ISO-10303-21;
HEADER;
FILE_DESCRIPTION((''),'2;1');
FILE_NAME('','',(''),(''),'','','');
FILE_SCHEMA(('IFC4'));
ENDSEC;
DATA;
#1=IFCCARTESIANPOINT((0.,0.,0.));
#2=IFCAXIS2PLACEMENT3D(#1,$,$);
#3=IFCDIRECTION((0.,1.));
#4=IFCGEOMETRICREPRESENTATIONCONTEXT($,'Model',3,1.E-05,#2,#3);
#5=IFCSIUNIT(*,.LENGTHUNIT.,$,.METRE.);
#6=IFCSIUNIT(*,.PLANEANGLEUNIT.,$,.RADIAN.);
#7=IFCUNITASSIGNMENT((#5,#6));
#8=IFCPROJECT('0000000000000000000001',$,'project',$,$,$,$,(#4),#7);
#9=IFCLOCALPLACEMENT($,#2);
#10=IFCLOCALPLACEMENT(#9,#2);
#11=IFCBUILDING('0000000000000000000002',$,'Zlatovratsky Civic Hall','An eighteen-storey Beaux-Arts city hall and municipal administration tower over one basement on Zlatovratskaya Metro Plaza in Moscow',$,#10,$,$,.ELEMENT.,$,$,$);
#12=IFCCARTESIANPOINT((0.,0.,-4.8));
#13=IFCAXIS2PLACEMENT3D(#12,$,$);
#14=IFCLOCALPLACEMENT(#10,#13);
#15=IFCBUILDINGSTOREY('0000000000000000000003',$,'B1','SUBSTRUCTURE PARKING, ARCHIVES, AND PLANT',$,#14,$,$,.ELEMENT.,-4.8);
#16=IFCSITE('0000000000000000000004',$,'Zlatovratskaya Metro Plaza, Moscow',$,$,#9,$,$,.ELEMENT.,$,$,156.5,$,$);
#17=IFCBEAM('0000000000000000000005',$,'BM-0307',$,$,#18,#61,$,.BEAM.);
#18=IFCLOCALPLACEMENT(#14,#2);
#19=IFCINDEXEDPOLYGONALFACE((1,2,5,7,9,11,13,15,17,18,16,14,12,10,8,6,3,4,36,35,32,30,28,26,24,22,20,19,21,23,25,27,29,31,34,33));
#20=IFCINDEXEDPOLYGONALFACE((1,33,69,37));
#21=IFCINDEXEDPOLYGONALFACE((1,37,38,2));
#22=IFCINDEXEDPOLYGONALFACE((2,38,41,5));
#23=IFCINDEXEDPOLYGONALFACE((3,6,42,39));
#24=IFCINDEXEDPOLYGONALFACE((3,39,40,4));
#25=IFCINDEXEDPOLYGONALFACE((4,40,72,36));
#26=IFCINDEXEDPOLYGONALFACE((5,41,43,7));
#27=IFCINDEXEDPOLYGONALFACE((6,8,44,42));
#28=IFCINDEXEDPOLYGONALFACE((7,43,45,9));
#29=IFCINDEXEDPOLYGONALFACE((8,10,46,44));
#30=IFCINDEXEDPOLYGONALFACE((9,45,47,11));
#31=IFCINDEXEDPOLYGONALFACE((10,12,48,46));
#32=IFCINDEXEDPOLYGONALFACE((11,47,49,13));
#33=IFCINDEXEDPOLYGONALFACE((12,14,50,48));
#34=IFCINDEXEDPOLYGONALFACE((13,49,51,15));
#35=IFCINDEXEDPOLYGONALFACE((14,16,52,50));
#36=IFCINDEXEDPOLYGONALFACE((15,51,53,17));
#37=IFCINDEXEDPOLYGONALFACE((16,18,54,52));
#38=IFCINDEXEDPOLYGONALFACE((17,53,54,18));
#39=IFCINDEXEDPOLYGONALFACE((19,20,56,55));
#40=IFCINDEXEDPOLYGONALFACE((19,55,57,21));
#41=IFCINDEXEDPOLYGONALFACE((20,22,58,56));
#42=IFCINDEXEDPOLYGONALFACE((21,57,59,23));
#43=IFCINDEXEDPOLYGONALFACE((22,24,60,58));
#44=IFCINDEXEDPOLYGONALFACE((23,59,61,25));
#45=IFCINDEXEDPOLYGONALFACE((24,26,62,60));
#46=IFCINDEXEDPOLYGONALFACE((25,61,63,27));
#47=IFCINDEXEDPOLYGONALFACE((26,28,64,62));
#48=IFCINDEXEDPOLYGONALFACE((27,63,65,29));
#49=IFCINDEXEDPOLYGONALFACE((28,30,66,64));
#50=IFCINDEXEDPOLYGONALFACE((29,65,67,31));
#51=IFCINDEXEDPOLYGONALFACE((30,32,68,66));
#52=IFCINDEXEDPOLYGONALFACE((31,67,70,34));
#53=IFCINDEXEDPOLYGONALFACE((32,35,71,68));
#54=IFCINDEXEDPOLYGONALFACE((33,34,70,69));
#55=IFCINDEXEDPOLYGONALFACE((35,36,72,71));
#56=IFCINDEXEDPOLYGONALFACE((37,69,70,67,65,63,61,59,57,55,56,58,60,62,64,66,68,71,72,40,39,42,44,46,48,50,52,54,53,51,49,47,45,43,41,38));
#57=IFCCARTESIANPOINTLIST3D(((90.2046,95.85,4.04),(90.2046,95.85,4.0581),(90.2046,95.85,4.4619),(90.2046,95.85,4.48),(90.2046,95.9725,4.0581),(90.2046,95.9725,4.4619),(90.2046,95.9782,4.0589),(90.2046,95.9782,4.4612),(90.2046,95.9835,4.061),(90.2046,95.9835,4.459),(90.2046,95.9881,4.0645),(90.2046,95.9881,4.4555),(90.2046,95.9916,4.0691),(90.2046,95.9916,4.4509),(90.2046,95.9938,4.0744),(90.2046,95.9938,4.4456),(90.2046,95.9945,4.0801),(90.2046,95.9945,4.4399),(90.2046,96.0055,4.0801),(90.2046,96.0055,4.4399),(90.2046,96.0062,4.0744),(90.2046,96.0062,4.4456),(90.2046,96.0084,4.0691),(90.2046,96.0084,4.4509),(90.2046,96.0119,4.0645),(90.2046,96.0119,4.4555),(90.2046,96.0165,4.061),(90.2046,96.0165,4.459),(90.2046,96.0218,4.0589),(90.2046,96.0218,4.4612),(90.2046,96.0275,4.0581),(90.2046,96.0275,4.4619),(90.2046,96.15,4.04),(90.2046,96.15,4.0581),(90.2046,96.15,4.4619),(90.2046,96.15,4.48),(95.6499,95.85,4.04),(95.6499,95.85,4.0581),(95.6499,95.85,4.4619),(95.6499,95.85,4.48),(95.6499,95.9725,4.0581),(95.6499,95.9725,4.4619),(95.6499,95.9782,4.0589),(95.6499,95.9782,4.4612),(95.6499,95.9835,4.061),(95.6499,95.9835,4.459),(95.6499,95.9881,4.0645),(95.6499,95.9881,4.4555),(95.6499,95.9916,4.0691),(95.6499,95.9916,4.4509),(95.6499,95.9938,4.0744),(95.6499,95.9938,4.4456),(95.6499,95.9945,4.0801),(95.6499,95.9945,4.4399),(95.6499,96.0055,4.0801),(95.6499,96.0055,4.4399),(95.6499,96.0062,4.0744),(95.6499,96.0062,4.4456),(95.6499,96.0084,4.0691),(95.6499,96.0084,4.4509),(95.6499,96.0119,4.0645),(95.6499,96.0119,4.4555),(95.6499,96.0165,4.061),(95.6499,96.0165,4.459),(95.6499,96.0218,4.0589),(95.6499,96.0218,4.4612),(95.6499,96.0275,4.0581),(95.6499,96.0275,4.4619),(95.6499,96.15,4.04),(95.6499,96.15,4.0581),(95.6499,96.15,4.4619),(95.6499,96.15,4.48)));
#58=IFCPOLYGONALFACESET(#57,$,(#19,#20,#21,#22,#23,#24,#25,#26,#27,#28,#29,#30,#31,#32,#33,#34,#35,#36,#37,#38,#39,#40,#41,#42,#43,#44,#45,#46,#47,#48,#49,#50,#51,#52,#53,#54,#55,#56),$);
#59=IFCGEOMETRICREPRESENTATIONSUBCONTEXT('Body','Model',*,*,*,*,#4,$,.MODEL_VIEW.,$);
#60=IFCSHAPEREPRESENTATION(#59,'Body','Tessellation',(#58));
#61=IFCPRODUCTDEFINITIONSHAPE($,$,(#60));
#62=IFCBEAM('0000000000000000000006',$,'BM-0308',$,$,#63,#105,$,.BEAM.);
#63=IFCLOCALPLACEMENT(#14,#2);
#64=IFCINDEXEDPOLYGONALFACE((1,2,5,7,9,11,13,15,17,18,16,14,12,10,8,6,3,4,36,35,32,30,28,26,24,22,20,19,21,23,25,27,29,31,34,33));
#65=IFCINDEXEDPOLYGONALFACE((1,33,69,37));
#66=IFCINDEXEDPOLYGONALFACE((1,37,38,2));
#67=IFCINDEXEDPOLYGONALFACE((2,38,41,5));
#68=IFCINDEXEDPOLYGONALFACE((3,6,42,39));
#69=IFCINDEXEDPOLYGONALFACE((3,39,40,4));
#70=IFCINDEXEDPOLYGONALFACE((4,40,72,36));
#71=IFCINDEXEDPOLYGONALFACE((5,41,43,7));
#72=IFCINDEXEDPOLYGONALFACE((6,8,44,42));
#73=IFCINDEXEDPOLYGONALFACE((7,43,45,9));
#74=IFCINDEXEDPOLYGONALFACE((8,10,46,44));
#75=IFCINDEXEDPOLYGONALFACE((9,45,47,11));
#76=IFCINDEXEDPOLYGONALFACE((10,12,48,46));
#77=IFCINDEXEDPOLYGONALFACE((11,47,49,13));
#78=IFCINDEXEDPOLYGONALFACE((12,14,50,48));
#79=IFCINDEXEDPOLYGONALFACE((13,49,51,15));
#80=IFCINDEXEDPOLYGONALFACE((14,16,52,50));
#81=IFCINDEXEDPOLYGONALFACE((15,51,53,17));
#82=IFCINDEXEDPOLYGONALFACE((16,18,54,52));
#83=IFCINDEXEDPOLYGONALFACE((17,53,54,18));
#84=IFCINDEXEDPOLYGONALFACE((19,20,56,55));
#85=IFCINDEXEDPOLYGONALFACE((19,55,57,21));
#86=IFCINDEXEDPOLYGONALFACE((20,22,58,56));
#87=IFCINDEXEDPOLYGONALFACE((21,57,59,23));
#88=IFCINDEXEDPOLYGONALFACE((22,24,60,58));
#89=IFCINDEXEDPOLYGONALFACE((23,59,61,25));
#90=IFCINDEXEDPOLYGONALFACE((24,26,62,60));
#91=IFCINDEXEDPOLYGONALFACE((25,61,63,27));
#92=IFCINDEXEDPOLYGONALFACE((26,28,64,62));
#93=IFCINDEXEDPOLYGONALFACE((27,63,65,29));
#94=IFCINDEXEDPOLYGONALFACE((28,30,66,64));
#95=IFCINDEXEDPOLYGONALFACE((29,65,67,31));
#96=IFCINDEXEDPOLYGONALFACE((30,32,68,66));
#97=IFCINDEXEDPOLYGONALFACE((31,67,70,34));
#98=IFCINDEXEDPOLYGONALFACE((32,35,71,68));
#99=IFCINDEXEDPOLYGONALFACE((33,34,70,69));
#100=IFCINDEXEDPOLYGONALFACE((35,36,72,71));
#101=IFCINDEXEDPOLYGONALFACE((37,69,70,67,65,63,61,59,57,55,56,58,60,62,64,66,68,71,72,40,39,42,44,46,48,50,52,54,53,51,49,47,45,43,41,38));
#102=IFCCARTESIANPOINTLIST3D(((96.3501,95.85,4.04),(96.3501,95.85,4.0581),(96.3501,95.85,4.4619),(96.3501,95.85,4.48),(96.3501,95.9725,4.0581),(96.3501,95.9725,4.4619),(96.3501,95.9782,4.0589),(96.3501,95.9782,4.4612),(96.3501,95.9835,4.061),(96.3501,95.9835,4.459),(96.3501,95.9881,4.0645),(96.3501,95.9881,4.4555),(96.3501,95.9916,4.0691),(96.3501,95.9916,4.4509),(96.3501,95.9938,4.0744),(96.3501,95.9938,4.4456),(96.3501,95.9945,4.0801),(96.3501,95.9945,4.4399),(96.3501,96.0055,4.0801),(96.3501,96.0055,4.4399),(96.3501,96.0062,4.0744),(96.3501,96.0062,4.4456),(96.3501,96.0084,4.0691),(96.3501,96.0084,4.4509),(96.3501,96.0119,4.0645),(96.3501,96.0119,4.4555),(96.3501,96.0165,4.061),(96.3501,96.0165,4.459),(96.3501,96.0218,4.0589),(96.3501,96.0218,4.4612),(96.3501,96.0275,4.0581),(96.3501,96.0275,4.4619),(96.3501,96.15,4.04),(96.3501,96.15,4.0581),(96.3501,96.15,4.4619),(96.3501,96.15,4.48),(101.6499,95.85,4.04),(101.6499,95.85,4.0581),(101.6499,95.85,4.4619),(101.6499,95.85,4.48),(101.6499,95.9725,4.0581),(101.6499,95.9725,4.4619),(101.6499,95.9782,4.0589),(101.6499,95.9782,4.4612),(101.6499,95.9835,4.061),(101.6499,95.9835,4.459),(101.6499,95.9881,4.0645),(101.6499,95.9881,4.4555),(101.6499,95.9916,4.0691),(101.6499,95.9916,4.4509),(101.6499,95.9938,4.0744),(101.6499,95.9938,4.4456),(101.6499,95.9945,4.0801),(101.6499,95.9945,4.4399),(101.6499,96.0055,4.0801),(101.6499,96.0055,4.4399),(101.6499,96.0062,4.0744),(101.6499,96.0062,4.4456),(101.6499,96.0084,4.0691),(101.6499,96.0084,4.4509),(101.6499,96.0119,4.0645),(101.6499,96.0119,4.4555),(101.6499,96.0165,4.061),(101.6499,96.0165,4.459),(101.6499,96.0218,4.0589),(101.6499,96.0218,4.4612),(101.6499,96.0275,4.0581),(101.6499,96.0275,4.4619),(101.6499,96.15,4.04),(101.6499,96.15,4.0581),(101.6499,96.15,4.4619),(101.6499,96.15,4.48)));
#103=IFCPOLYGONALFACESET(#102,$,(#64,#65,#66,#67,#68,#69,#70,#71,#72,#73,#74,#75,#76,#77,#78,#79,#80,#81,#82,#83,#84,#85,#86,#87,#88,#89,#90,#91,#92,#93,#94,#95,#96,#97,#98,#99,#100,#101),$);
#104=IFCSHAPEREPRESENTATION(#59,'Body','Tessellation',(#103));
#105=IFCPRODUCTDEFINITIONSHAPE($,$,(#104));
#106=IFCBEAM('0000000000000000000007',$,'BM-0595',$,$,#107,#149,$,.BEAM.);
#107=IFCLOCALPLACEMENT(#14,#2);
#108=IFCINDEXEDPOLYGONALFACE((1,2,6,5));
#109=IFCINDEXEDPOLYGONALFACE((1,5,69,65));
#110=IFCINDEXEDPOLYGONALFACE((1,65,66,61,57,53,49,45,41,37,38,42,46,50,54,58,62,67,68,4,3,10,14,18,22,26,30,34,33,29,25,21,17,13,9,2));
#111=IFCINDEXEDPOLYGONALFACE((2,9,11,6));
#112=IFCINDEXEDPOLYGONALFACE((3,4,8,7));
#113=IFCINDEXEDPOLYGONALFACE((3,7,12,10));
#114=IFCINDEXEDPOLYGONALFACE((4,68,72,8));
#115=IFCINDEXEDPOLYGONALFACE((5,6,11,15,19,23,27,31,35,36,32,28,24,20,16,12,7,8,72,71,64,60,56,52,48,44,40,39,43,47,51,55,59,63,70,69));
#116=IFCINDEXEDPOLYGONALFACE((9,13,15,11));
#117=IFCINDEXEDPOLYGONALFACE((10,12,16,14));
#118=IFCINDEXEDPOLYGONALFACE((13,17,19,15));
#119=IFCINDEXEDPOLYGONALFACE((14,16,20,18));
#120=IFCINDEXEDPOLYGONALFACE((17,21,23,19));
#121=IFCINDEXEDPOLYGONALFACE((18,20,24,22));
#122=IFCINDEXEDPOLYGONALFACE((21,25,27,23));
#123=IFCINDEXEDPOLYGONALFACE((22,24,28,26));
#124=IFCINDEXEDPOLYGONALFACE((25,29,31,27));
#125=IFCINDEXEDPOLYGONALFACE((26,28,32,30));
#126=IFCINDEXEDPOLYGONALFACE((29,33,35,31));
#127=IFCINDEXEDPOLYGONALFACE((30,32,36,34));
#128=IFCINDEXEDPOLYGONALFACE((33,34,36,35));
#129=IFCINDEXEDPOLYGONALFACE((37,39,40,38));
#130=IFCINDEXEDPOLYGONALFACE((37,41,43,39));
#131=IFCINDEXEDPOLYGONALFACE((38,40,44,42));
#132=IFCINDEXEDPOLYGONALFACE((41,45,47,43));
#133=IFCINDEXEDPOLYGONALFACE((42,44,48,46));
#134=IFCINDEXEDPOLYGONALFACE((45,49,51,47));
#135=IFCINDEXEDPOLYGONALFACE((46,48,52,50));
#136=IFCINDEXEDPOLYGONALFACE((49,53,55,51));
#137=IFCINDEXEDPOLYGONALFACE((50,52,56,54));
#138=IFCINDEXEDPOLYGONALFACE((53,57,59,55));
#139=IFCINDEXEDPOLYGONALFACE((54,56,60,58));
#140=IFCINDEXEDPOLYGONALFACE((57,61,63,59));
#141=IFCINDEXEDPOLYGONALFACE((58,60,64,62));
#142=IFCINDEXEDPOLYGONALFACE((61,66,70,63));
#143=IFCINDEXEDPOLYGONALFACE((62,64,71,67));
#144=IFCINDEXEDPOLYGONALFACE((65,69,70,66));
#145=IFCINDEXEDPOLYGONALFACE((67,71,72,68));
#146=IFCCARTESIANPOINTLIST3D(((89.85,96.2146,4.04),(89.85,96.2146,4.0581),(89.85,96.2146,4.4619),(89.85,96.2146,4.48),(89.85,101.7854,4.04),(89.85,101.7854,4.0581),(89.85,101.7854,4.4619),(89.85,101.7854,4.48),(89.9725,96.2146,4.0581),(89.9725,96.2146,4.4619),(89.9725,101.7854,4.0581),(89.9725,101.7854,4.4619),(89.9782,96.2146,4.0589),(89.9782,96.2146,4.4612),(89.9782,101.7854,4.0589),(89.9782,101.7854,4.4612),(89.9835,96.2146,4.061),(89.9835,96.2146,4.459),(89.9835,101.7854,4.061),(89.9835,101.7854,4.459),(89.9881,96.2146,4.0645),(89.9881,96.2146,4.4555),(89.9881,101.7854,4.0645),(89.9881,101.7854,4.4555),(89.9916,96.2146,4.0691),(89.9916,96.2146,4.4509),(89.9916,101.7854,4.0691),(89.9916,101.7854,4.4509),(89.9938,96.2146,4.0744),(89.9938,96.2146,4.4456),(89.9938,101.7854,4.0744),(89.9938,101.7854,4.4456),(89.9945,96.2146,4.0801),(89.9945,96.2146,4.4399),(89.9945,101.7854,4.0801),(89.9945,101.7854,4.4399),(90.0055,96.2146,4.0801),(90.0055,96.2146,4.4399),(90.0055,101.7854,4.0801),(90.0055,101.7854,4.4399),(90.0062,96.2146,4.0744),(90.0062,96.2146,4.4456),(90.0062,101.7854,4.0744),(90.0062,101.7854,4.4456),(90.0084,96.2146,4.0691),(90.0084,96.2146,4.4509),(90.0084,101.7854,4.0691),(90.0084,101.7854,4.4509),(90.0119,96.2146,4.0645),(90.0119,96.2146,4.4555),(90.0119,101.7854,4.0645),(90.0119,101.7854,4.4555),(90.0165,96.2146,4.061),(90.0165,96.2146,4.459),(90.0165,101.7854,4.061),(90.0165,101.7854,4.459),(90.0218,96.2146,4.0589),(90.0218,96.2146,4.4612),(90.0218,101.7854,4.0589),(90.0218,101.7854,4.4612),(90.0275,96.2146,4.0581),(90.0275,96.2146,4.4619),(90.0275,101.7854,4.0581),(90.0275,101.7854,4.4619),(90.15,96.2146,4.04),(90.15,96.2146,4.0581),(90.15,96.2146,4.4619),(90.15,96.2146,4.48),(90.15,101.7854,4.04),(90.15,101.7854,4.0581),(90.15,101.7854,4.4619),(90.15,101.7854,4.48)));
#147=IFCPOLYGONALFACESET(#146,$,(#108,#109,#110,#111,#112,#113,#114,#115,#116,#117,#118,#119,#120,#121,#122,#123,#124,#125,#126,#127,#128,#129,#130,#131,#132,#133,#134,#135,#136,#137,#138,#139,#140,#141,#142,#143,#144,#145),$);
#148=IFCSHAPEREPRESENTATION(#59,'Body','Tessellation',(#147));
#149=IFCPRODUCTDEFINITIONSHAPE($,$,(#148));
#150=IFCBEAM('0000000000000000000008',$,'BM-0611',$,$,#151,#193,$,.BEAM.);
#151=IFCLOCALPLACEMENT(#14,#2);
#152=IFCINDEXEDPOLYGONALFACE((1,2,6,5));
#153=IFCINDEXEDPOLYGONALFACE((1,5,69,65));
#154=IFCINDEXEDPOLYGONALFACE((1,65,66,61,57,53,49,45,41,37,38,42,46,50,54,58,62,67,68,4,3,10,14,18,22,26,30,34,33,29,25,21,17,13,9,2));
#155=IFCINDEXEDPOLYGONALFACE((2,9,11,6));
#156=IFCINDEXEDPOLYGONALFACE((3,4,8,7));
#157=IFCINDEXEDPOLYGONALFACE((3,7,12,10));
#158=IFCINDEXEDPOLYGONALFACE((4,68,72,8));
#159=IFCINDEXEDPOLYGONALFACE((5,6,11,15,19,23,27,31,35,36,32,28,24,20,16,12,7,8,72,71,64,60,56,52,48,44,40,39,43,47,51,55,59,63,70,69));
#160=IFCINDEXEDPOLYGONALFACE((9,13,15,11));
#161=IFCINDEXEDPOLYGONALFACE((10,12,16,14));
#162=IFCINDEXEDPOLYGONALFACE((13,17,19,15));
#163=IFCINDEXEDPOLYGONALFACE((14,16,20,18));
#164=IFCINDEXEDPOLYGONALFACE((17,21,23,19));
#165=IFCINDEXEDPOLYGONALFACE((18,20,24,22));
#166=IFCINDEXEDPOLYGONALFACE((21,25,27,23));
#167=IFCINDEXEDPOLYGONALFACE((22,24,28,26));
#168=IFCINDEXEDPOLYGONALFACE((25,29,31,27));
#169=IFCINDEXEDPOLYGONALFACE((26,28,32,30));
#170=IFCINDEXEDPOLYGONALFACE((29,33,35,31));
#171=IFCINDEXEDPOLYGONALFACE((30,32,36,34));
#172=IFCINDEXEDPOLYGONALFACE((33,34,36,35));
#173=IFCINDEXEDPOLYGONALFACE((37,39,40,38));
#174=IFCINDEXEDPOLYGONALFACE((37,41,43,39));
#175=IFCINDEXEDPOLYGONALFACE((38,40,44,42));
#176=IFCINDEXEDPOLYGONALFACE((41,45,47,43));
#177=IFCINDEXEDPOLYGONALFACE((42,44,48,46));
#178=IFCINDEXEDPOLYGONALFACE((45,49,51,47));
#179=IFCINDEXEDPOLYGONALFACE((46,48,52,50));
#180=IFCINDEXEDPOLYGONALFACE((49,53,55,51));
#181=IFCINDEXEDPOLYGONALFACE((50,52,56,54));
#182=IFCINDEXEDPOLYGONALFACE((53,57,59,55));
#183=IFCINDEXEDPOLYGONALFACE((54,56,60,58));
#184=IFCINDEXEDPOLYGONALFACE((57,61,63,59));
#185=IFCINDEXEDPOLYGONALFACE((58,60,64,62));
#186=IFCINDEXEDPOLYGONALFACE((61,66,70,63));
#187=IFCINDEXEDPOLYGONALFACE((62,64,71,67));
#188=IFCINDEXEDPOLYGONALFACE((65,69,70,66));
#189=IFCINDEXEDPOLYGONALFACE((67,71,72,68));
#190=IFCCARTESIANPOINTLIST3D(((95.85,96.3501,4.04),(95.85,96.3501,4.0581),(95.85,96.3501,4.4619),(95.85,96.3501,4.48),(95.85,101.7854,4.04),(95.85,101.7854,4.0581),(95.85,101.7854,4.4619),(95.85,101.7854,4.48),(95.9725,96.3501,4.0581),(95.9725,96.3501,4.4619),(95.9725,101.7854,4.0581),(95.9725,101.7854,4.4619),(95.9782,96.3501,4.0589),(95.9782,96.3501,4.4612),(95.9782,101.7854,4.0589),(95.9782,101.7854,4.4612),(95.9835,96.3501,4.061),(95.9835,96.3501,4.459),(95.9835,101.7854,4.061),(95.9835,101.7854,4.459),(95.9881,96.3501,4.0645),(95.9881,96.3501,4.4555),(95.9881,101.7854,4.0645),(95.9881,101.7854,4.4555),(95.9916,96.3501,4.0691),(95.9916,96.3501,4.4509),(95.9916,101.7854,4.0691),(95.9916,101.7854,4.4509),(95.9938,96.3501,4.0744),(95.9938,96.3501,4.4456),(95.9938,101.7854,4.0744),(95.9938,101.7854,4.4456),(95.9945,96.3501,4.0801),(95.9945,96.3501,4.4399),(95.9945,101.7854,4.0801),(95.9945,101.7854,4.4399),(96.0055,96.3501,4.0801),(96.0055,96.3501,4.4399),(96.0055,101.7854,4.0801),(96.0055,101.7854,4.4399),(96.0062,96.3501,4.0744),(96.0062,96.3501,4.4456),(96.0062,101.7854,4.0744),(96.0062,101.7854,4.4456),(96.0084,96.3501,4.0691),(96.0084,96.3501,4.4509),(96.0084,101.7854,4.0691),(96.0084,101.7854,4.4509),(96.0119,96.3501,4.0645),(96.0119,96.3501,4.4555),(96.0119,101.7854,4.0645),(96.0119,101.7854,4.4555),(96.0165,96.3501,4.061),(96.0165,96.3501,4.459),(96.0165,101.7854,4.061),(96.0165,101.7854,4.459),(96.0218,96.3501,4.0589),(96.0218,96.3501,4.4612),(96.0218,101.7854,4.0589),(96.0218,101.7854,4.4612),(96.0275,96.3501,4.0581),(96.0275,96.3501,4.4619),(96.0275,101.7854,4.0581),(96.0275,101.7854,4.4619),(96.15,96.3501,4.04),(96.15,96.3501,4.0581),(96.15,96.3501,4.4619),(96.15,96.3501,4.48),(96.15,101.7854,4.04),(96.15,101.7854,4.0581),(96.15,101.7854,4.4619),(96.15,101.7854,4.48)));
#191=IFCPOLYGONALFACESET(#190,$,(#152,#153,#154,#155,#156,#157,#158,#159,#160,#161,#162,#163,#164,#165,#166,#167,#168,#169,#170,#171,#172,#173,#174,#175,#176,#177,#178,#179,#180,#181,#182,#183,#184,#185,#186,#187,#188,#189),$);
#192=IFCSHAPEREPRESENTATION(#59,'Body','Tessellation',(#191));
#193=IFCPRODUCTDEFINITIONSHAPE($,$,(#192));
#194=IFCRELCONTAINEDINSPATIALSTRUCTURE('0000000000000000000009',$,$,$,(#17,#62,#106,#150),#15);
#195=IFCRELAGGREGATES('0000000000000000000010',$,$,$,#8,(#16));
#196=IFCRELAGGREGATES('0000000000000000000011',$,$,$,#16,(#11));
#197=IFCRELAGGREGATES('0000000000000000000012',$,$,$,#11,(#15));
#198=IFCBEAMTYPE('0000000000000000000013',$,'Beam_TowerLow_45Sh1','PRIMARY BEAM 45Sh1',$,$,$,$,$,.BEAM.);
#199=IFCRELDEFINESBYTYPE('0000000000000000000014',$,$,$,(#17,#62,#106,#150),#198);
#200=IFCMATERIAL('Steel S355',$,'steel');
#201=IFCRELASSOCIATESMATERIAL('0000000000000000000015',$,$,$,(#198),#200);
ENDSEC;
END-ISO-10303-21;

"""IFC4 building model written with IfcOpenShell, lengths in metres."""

from ifc_helpers import new_model, si_unit, direction, frame, origin, origin_2d, place, context, subcontext, project, spatial, i_section, extrude, material, material_profile, profile_set, type_object, element, save


model = new_model("IFC4")

# Units and contexts
model_context = context("Model", 3, precision=1e-05, world=origin(), true_north=direction((0.0, 1.0)))
body_context = subcontext(model_context, "Body", "Model", "MODEL_VIEW")
ifc_project = project(units=[si_unit("LENGTHUNIT", "METRE"), si_unit("PLANEANGLEUNIT", "RADIAN")], contexts=[model_context])

# Site, building, storey
site_placement = place(None, origin())
site = spatial("IfcSite", under=ifc_project, at=site_placement, Name="Zlatovratskaya Metro Plaza, Moscow", CompositionType="ELEMENT", RefElevation=156.5)
building_placement = place(site_placement, origin())
building = spatial("IfcBuilding", under=site, at=building_placement, Name="Zlatovratsky Civic Hall", Description="An eighteen-storey Beaux-Arts city hall and municipal administration tower over one basement on Zlatovratskaya Metro Plaza in Moscow", CompositionType="ELEMENT")
storey_placement = place(building_placement, frame((0.0, 0.0, -4.8)))
storey = spatial("IfcBuildingStorey", under=building, at=storey_placement, Name="B1", Description="SUBSTRUCTURE PARKING, ARCHIVES, AND PLANT", CompositionType="ELEMENT", Elevation=-4.8)

# Shared definitions
ifc_material_1 = material(Name="Steel S355", Category="steel")

# Beams
ifc_material_profile_1 = material_profile(ifc_material_1, i_section(OverallWidth=0.3, OverallDepth=0.4399, WebThickness=0.011, FlangeThickness=0.0181, FilletRadius=0.022, at=origin_2d()), Name="45Sh1")
ifc_profile_set_1 = profile_set([ifc_material_profile_1], Name="Steel S355")
beam_type = type_object("IfcBeamType", Name="Beam_TowerLow_45Sh1", Description="PRIMARY BEAM 45Sh1", PredefinedType="BEAM", material=ifc_profile_set_1)
beam_1_placement = place(storey_placement, frame((90.2046, 96.0, 4.26), z_axis=(1.0, 0.0, 0.0), x_axis=(0.0, 1.0, 0.0)))
element("IfcBeam", 1, at=beam_1_placement, inside=storey, type_object=beam_type, Name="BM-0307", PredefinedType="BEAM", context=body_context, shape_type="SweptSolid", body=[
    extrude(i_section(OverallWidth=0.3, OverallDepth=0.4399, WebThickness=0.011, FlangeThickness=0.0181, FilletRadius=0.022, at=origin_2d()), origin(), (0.0, 0.0, 1.0), 5.4453),
])
beam_2_placement = place(storey_placement, frame((96.3501, 96.0, 4.26), z_axis=(1.0, 0.0, 0.0), x_axis=(0.0, 1.0, 0.0)))
element("IfcBeam", 2, at=beam_2_placement, inside=storey, type_object=beam_type, Name="BM-0308", PredefinedType="BEAM", context=body_context, shape_type="SweptSolid", body=[
    extrude(i_section(OverallWidth=0.3, OverallDepth=0.4399, WebThickness=0.011, FlangeThickness=0.0181, FilletRadius=0.022, at=origin_2d()), origin(), (0.0, 0.0, 1.0), 5.2998),
])
beam_3_placement = place(storey_placement, frame((90.0, 96.2146, 4.26), z_axis=(0.0, 1.0, 0.0), x_axis=(-1.0, 0.0, 0.0)))
element("IfcBeam", 3, at=beam_3_placement, inside=storey, type_object=beam_type, Name="BM-0595", PredefinedType="BEAM", context=body_context, shape_type="SweptSolid", body=[
    extrude(i_section(OverallWidth=0.3, OverallDepth=0.4399, WebThickness=0.011, FlangeThickness=0.0181, FilletRadius=0.022, at=origin_2d()), origin(), (0.0, 0.0, 1.0), 5.5708),
])
beam_4_placement = place(storey_placement, frame((96.0, 96.3501, 4.26), z_axis=(0.0, 1.0, 0.0), x_axis=(-1.0, 0.0, 0.0)))
element("IfcBeam", 4, at=beam_4_placement, inside=storey, type_object=beam_type, Name="BM-0611", PredefinedType="BEAM", context=body_context, shape_type="SweptSolid", body=[
    extrude(i_section(OverallWidth=0.3, OverallDepth=0.4399, WebThickness=0.011, FlangeThickness=0.0181, FilletRadius=0.022, at=origin_2d()), origin(), (0.0, 0.0, 1.0), 5.4353),
])

save(model, "model.ifc")
